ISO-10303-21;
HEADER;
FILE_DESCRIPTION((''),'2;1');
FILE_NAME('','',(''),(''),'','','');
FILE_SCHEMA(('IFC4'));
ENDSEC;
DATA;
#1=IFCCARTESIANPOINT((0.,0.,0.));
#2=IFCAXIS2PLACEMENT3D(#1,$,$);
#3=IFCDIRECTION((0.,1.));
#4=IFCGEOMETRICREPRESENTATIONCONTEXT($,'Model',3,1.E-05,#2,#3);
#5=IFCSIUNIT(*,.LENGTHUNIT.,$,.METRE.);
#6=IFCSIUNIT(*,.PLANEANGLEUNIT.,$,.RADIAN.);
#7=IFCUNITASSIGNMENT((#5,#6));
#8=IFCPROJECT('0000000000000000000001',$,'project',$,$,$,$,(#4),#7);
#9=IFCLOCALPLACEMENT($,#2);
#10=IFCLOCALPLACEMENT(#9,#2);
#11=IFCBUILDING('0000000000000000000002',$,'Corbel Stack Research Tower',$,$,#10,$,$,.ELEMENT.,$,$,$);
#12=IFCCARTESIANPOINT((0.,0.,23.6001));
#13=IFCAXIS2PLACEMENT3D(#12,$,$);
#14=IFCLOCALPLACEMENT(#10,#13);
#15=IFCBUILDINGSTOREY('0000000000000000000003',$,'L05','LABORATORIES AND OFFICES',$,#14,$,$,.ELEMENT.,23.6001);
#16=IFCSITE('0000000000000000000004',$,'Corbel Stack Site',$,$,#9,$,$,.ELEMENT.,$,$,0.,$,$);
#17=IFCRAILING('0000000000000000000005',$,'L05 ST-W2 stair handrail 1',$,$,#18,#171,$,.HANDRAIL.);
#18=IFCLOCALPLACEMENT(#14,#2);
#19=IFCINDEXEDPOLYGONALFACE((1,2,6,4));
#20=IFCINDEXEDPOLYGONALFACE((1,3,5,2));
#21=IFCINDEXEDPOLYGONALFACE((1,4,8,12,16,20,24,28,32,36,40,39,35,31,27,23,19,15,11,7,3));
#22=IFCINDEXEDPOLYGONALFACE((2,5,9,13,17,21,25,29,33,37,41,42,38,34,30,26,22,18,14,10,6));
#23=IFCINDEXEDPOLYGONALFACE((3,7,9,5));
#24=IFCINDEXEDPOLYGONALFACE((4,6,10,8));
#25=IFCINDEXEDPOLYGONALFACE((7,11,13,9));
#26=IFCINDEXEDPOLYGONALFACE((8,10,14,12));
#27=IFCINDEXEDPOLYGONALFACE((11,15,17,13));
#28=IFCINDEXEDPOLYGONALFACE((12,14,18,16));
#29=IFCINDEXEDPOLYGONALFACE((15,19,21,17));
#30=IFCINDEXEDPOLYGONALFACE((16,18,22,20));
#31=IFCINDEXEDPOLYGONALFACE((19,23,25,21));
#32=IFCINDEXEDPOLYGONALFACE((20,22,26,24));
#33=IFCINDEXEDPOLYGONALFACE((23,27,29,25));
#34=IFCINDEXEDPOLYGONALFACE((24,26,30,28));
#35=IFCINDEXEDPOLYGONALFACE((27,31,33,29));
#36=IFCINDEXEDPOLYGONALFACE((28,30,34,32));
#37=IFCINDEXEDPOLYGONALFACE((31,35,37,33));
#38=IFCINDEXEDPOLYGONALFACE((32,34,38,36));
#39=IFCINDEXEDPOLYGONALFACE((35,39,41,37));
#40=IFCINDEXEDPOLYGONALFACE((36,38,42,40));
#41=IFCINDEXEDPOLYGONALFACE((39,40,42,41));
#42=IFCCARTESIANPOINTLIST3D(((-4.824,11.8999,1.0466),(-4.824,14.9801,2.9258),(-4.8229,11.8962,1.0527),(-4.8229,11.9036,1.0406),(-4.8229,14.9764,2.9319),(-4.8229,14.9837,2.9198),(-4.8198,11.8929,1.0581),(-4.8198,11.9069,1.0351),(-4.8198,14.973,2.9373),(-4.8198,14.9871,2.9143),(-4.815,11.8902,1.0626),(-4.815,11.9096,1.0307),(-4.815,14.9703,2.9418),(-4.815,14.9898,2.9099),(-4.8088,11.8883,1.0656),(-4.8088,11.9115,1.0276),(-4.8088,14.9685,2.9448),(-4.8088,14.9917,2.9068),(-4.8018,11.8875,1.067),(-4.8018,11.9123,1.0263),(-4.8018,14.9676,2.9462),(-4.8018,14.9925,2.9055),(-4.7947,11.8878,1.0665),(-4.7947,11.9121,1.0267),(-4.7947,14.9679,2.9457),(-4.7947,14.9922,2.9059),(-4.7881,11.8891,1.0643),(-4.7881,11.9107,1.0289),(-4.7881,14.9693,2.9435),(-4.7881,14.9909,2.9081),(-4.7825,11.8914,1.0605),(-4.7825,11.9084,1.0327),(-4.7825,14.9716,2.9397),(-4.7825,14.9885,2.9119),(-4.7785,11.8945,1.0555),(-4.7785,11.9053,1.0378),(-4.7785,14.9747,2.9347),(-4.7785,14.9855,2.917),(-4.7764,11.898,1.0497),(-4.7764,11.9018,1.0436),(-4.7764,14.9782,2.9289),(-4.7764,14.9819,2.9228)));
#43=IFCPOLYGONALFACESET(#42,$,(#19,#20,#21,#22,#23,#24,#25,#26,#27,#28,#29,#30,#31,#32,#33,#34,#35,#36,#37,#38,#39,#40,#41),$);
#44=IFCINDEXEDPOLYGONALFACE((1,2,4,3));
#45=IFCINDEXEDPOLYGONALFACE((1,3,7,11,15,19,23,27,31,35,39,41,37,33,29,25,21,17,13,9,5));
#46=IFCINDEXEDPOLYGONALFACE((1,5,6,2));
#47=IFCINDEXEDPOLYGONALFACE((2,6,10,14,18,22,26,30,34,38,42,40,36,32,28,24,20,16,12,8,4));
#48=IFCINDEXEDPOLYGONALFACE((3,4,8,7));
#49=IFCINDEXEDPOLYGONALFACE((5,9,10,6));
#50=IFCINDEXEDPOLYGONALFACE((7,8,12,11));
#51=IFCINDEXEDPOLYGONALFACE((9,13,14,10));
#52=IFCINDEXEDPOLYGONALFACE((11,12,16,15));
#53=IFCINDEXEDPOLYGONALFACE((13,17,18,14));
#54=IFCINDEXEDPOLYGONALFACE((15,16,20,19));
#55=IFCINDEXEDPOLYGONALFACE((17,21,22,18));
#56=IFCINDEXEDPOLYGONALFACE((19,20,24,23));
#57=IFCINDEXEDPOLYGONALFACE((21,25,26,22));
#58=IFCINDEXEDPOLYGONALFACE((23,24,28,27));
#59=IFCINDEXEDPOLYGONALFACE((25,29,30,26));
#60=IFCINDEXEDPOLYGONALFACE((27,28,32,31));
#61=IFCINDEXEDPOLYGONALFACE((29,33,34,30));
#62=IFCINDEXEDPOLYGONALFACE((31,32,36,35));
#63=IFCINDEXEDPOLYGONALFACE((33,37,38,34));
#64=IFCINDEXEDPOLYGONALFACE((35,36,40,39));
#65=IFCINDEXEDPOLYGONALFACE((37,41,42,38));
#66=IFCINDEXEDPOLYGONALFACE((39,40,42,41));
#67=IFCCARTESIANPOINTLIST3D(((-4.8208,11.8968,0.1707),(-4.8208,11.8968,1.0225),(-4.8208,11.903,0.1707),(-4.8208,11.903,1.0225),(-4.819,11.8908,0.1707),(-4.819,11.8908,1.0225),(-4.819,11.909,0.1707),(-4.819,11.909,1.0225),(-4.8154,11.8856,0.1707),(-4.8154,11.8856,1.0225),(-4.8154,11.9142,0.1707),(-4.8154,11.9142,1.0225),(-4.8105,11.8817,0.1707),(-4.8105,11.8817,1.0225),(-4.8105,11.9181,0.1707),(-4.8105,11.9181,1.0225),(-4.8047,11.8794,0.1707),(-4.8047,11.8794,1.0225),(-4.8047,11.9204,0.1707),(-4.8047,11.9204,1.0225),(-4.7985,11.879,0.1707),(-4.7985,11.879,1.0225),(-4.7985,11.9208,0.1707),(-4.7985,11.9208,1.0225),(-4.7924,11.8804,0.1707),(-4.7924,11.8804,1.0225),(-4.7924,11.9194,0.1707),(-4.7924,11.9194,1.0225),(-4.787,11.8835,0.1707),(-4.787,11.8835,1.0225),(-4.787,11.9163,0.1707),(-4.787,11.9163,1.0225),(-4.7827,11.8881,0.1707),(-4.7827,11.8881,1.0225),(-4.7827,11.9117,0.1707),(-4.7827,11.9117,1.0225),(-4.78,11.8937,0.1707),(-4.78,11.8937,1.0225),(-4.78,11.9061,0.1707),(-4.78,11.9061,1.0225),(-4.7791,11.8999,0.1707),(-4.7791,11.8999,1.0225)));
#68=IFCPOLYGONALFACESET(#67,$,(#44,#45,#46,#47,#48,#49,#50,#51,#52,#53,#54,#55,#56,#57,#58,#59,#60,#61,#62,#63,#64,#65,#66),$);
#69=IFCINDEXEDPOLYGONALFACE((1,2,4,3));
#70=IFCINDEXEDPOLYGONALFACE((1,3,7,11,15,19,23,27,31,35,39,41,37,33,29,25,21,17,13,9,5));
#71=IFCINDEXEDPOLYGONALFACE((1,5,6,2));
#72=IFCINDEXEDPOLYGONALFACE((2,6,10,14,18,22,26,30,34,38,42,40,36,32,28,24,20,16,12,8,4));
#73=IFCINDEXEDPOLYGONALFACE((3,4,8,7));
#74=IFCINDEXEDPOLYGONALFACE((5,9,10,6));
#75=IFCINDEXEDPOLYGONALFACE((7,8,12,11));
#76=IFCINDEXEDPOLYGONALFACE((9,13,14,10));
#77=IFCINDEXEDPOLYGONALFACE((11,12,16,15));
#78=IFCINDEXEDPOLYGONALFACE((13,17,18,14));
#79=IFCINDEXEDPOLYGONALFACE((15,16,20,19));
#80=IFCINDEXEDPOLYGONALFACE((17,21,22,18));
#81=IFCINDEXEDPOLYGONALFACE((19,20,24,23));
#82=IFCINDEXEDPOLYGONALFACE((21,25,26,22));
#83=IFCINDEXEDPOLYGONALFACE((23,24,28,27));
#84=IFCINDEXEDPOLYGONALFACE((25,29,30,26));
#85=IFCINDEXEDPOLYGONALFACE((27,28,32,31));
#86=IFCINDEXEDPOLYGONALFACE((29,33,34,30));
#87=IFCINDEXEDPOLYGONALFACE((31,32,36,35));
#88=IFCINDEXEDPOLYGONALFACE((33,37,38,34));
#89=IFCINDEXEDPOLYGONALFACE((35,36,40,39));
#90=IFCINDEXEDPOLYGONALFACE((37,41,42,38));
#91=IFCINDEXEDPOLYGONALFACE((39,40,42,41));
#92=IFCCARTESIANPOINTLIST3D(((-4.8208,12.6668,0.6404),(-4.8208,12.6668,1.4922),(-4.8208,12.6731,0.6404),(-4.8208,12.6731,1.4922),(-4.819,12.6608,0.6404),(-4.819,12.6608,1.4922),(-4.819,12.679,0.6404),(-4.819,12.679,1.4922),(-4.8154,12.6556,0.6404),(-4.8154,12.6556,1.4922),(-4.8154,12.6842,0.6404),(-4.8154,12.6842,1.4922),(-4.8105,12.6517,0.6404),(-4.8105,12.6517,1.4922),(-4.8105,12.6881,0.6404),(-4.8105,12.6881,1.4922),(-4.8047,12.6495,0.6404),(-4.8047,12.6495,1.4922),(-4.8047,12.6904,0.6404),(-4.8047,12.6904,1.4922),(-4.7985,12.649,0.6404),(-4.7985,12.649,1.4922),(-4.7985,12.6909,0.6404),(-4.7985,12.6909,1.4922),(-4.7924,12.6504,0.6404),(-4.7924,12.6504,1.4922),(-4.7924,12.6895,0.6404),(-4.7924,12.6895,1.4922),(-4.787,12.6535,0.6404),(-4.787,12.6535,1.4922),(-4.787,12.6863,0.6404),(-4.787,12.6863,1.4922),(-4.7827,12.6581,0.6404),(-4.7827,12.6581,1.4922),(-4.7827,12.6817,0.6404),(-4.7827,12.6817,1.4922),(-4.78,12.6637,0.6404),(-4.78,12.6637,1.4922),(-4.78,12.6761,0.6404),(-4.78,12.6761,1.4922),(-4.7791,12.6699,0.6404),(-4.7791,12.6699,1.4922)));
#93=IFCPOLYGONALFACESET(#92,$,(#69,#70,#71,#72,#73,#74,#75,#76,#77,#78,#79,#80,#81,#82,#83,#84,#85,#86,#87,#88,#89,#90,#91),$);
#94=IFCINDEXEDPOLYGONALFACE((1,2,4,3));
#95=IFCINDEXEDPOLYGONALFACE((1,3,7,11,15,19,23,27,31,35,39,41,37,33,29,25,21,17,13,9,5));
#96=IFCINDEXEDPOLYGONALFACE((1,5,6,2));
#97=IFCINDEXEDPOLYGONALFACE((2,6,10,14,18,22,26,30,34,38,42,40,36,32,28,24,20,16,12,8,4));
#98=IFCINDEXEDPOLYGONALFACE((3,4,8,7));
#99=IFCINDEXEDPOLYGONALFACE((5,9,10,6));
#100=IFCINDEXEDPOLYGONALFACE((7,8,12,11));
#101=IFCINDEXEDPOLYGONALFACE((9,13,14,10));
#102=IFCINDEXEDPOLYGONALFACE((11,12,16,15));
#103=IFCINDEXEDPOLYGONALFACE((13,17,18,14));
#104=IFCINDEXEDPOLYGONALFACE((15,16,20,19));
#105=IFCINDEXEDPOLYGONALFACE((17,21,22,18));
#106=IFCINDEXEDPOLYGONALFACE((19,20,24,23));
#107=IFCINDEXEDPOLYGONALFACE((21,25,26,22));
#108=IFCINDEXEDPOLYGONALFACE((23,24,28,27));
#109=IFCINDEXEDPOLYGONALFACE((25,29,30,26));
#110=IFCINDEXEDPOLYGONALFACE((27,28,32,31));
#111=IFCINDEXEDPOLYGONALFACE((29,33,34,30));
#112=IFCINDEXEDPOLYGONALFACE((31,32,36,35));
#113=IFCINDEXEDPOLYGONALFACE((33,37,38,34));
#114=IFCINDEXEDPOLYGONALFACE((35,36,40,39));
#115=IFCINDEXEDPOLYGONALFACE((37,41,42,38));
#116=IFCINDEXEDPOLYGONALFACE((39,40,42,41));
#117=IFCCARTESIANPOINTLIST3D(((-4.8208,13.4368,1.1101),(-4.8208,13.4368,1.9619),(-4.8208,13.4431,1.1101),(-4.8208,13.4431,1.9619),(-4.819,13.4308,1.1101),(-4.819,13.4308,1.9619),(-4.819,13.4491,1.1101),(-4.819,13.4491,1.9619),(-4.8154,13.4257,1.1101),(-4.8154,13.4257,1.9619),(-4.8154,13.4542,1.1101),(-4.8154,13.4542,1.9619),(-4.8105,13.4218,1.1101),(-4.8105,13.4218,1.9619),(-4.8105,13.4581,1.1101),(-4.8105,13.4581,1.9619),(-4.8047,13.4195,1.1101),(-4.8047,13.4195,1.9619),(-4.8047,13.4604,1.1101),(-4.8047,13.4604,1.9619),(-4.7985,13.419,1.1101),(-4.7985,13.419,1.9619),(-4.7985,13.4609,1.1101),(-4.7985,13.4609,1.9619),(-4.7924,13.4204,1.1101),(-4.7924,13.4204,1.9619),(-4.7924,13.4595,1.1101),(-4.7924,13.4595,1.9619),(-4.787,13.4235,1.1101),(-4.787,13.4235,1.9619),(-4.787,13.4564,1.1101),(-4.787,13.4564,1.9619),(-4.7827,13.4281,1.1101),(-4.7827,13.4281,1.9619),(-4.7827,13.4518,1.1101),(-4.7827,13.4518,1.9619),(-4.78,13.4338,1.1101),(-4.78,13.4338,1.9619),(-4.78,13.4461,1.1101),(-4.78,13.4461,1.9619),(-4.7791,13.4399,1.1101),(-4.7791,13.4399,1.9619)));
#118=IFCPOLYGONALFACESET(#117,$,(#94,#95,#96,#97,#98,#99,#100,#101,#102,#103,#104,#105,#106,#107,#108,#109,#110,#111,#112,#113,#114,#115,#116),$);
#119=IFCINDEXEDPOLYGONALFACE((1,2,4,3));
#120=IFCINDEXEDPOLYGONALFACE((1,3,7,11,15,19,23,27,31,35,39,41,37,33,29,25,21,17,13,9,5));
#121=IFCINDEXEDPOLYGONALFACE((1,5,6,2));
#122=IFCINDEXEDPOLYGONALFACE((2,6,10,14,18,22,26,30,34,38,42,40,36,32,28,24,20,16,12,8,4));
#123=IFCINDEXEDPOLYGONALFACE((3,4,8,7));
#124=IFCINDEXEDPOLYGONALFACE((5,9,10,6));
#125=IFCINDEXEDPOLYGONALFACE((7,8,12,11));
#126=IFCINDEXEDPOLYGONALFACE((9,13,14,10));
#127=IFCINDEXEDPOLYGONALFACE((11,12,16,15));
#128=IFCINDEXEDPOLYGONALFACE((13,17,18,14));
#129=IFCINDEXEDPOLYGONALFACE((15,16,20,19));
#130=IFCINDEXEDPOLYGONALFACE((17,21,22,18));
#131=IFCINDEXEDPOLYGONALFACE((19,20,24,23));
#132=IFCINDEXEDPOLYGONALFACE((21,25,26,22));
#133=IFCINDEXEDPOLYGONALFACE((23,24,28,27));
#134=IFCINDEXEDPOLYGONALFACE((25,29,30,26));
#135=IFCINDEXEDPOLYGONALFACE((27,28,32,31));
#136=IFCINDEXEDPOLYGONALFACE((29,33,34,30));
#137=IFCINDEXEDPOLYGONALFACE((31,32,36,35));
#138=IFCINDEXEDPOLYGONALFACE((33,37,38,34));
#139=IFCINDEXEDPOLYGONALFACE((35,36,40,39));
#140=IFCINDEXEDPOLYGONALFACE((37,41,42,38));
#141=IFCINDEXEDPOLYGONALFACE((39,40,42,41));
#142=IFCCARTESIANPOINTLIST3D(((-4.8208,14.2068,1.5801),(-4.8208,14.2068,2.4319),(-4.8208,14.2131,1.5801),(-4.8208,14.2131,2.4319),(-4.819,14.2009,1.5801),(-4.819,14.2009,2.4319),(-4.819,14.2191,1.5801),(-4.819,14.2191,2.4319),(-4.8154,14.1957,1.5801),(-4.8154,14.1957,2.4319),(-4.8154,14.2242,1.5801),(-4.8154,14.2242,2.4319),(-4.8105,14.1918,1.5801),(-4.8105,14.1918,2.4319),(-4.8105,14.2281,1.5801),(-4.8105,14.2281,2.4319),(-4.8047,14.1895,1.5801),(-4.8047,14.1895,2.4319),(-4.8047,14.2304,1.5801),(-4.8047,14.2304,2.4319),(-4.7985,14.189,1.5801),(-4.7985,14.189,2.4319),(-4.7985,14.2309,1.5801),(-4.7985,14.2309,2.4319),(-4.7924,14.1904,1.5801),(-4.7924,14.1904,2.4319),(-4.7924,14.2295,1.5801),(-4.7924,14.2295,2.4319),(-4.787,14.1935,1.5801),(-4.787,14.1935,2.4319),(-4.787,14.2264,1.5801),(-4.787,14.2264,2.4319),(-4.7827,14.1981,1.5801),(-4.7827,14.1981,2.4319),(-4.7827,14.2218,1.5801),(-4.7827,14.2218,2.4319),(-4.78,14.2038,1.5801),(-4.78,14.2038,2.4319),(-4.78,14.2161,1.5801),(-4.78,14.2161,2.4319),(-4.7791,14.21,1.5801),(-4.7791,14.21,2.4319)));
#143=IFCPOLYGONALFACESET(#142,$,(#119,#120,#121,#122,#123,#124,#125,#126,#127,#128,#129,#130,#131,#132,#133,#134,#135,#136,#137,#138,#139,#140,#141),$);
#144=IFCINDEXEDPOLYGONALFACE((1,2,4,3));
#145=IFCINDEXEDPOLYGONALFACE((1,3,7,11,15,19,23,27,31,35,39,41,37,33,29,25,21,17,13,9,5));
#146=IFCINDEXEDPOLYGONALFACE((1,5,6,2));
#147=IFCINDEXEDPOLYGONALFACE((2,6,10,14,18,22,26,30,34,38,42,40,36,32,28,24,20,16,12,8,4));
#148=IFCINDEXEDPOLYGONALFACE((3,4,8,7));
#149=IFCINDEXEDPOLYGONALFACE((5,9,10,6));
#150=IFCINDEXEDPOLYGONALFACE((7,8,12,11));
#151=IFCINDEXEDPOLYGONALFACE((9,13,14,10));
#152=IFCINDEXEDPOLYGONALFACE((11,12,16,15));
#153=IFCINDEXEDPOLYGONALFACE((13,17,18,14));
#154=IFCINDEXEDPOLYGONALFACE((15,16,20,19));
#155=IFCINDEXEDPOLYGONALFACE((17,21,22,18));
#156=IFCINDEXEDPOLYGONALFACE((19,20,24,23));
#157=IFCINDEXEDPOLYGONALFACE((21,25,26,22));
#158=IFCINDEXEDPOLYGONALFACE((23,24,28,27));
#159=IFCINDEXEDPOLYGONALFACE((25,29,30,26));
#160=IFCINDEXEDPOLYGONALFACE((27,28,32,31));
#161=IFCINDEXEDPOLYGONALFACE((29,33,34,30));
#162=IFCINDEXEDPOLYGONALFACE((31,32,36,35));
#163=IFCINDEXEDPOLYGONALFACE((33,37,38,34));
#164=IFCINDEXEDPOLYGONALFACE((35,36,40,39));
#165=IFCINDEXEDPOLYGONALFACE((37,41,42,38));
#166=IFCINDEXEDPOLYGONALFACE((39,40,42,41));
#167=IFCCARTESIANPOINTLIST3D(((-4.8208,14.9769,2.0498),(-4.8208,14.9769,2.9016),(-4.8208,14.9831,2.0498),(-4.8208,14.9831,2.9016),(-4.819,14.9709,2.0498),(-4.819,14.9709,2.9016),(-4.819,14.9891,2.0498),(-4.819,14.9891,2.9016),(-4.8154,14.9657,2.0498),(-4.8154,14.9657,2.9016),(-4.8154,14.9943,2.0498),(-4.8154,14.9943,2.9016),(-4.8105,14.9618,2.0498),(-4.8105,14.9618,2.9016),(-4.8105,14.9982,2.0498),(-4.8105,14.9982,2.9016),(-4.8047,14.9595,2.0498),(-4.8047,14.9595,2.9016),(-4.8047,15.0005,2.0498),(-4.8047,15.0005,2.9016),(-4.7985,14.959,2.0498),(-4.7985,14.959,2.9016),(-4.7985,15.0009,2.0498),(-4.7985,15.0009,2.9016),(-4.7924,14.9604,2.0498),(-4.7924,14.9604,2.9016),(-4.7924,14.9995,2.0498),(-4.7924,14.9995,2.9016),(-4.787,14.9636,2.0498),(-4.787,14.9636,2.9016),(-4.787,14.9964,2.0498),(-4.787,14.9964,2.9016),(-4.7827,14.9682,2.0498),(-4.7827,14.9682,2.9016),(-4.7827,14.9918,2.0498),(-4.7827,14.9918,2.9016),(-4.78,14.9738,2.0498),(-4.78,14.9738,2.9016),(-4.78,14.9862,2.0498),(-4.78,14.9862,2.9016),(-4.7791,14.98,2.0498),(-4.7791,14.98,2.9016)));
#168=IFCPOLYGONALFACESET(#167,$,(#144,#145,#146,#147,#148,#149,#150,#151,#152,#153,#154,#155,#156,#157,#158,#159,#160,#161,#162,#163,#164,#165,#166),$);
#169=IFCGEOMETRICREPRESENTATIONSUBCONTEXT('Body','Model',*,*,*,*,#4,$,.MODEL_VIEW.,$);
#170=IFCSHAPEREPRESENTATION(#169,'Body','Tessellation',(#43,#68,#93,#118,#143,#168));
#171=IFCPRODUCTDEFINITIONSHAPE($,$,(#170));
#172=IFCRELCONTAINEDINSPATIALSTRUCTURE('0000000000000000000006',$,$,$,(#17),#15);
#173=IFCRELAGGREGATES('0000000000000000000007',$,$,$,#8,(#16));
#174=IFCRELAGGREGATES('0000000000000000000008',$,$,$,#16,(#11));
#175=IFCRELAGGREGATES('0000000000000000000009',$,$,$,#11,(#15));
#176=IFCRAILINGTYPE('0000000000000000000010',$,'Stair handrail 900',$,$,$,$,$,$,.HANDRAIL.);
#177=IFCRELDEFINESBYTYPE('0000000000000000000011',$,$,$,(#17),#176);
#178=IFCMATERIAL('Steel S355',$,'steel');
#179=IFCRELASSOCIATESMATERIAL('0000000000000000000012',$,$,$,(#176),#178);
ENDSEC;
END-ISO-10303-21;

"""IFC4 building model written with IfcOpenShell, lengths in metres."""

from ifc_helpers import new_model, si_unit, direction, frame, origin, origin_2d, place, context, subcontext, project, spatial, circle, extrude, material, type_object, element, save


model = new_model("IFC4")

# Units and contexts
model_context = context("Model", 3, precision=1e-05, world=origin(), true_north=direction((0.0, 1.0)))
body_context = subcontext(model_context, "Body", "Model", "MODEL_VIEW")
ifc_project = project(units=[si_unit("LENGTHUNIT", "METRE"), si_unit("PLANEANGLEUNIT", "RADIAN")], contexts=[model_context])

# Site, building, storey
site_placement = place(None, origin())
site = spatial("IfcSite", under=ifc_project, at=site_placement, Name="Corbel Stack Site", CompositionType="ELEMENT", RefElevation=0.0)
building_placement = place(site_placement, origin())
building = spatial("IfcBuilding", under=site, at=building_placement, Name="Corbel Stack Research Tower", CompositionType="ELEMENT")
storey_placement = place(building_placement, frame((0.0, 0.0, 23.6001)))
storey = spatial("IfcBuildingStorey", under=building, at=storey_placement, Name="L05", Description="LABORATORIES AND OFFICES", CompositionType="ELEMENT", Elevation=23.6001)

# Railing
ifc_material_1 = material(Name="Steel S355", Category="steel")
railing_type_1 = type_object("IfcRailingType", Name="Stair handrail 900", PredefinedType="HANDRAIL", material=ifc_material_1)
railing_1_placement = place(storey_placement, frame((-4.8, 11.8999, 0.1707)))
element("IfcRailing", 1, at=railing_1_placement, inside=storey, type_object=railing_type_1, Name="L05 ST-W2 stair handrail 1", PredefinedType="HANDRAIL", context=body_context, shape_type="SweptSolid", body=[
    extrude(circle(Radius=0.0239, at=origin_2d()), frame((0.0, 0.0, 0.876), z_axis=(0.0, 0.853666, 0.52082), x_axis=(-1.0, 0.0, 0.0)), (0.0, 0.0, 1.0), 3.6082),
    extrude(circle(Radius=0.021, at=origin_2d()), origin(), (0.0, 0.0, 1.0), 0.8518),
    extrude(circle(Radius=0.021, at=origin_2d()), frame((0.0, 0.77, 0.4697)), (0.0, 0.0, 1.0), 0.8518),
    extrude(circle(Radius=0.021, at=origin_2d()), frame((0.0, 1.54, 0.9395)), (0.0, 0.0, 1.0), 0.8518),
    extrude(circle(Radius=0.021, at=origin_2d()), frame((0.0, 2.3101, 1.4094)), (0.0, 0.0, 1.0), 0.8518),
    extrude(circle(Radius=0.021, at=origin_2d()), frame((0.0, 3.0801, 1.8792)), (0.0, 0.0, 1.0), 0.8518),
])

save(model, "model.ifc")
